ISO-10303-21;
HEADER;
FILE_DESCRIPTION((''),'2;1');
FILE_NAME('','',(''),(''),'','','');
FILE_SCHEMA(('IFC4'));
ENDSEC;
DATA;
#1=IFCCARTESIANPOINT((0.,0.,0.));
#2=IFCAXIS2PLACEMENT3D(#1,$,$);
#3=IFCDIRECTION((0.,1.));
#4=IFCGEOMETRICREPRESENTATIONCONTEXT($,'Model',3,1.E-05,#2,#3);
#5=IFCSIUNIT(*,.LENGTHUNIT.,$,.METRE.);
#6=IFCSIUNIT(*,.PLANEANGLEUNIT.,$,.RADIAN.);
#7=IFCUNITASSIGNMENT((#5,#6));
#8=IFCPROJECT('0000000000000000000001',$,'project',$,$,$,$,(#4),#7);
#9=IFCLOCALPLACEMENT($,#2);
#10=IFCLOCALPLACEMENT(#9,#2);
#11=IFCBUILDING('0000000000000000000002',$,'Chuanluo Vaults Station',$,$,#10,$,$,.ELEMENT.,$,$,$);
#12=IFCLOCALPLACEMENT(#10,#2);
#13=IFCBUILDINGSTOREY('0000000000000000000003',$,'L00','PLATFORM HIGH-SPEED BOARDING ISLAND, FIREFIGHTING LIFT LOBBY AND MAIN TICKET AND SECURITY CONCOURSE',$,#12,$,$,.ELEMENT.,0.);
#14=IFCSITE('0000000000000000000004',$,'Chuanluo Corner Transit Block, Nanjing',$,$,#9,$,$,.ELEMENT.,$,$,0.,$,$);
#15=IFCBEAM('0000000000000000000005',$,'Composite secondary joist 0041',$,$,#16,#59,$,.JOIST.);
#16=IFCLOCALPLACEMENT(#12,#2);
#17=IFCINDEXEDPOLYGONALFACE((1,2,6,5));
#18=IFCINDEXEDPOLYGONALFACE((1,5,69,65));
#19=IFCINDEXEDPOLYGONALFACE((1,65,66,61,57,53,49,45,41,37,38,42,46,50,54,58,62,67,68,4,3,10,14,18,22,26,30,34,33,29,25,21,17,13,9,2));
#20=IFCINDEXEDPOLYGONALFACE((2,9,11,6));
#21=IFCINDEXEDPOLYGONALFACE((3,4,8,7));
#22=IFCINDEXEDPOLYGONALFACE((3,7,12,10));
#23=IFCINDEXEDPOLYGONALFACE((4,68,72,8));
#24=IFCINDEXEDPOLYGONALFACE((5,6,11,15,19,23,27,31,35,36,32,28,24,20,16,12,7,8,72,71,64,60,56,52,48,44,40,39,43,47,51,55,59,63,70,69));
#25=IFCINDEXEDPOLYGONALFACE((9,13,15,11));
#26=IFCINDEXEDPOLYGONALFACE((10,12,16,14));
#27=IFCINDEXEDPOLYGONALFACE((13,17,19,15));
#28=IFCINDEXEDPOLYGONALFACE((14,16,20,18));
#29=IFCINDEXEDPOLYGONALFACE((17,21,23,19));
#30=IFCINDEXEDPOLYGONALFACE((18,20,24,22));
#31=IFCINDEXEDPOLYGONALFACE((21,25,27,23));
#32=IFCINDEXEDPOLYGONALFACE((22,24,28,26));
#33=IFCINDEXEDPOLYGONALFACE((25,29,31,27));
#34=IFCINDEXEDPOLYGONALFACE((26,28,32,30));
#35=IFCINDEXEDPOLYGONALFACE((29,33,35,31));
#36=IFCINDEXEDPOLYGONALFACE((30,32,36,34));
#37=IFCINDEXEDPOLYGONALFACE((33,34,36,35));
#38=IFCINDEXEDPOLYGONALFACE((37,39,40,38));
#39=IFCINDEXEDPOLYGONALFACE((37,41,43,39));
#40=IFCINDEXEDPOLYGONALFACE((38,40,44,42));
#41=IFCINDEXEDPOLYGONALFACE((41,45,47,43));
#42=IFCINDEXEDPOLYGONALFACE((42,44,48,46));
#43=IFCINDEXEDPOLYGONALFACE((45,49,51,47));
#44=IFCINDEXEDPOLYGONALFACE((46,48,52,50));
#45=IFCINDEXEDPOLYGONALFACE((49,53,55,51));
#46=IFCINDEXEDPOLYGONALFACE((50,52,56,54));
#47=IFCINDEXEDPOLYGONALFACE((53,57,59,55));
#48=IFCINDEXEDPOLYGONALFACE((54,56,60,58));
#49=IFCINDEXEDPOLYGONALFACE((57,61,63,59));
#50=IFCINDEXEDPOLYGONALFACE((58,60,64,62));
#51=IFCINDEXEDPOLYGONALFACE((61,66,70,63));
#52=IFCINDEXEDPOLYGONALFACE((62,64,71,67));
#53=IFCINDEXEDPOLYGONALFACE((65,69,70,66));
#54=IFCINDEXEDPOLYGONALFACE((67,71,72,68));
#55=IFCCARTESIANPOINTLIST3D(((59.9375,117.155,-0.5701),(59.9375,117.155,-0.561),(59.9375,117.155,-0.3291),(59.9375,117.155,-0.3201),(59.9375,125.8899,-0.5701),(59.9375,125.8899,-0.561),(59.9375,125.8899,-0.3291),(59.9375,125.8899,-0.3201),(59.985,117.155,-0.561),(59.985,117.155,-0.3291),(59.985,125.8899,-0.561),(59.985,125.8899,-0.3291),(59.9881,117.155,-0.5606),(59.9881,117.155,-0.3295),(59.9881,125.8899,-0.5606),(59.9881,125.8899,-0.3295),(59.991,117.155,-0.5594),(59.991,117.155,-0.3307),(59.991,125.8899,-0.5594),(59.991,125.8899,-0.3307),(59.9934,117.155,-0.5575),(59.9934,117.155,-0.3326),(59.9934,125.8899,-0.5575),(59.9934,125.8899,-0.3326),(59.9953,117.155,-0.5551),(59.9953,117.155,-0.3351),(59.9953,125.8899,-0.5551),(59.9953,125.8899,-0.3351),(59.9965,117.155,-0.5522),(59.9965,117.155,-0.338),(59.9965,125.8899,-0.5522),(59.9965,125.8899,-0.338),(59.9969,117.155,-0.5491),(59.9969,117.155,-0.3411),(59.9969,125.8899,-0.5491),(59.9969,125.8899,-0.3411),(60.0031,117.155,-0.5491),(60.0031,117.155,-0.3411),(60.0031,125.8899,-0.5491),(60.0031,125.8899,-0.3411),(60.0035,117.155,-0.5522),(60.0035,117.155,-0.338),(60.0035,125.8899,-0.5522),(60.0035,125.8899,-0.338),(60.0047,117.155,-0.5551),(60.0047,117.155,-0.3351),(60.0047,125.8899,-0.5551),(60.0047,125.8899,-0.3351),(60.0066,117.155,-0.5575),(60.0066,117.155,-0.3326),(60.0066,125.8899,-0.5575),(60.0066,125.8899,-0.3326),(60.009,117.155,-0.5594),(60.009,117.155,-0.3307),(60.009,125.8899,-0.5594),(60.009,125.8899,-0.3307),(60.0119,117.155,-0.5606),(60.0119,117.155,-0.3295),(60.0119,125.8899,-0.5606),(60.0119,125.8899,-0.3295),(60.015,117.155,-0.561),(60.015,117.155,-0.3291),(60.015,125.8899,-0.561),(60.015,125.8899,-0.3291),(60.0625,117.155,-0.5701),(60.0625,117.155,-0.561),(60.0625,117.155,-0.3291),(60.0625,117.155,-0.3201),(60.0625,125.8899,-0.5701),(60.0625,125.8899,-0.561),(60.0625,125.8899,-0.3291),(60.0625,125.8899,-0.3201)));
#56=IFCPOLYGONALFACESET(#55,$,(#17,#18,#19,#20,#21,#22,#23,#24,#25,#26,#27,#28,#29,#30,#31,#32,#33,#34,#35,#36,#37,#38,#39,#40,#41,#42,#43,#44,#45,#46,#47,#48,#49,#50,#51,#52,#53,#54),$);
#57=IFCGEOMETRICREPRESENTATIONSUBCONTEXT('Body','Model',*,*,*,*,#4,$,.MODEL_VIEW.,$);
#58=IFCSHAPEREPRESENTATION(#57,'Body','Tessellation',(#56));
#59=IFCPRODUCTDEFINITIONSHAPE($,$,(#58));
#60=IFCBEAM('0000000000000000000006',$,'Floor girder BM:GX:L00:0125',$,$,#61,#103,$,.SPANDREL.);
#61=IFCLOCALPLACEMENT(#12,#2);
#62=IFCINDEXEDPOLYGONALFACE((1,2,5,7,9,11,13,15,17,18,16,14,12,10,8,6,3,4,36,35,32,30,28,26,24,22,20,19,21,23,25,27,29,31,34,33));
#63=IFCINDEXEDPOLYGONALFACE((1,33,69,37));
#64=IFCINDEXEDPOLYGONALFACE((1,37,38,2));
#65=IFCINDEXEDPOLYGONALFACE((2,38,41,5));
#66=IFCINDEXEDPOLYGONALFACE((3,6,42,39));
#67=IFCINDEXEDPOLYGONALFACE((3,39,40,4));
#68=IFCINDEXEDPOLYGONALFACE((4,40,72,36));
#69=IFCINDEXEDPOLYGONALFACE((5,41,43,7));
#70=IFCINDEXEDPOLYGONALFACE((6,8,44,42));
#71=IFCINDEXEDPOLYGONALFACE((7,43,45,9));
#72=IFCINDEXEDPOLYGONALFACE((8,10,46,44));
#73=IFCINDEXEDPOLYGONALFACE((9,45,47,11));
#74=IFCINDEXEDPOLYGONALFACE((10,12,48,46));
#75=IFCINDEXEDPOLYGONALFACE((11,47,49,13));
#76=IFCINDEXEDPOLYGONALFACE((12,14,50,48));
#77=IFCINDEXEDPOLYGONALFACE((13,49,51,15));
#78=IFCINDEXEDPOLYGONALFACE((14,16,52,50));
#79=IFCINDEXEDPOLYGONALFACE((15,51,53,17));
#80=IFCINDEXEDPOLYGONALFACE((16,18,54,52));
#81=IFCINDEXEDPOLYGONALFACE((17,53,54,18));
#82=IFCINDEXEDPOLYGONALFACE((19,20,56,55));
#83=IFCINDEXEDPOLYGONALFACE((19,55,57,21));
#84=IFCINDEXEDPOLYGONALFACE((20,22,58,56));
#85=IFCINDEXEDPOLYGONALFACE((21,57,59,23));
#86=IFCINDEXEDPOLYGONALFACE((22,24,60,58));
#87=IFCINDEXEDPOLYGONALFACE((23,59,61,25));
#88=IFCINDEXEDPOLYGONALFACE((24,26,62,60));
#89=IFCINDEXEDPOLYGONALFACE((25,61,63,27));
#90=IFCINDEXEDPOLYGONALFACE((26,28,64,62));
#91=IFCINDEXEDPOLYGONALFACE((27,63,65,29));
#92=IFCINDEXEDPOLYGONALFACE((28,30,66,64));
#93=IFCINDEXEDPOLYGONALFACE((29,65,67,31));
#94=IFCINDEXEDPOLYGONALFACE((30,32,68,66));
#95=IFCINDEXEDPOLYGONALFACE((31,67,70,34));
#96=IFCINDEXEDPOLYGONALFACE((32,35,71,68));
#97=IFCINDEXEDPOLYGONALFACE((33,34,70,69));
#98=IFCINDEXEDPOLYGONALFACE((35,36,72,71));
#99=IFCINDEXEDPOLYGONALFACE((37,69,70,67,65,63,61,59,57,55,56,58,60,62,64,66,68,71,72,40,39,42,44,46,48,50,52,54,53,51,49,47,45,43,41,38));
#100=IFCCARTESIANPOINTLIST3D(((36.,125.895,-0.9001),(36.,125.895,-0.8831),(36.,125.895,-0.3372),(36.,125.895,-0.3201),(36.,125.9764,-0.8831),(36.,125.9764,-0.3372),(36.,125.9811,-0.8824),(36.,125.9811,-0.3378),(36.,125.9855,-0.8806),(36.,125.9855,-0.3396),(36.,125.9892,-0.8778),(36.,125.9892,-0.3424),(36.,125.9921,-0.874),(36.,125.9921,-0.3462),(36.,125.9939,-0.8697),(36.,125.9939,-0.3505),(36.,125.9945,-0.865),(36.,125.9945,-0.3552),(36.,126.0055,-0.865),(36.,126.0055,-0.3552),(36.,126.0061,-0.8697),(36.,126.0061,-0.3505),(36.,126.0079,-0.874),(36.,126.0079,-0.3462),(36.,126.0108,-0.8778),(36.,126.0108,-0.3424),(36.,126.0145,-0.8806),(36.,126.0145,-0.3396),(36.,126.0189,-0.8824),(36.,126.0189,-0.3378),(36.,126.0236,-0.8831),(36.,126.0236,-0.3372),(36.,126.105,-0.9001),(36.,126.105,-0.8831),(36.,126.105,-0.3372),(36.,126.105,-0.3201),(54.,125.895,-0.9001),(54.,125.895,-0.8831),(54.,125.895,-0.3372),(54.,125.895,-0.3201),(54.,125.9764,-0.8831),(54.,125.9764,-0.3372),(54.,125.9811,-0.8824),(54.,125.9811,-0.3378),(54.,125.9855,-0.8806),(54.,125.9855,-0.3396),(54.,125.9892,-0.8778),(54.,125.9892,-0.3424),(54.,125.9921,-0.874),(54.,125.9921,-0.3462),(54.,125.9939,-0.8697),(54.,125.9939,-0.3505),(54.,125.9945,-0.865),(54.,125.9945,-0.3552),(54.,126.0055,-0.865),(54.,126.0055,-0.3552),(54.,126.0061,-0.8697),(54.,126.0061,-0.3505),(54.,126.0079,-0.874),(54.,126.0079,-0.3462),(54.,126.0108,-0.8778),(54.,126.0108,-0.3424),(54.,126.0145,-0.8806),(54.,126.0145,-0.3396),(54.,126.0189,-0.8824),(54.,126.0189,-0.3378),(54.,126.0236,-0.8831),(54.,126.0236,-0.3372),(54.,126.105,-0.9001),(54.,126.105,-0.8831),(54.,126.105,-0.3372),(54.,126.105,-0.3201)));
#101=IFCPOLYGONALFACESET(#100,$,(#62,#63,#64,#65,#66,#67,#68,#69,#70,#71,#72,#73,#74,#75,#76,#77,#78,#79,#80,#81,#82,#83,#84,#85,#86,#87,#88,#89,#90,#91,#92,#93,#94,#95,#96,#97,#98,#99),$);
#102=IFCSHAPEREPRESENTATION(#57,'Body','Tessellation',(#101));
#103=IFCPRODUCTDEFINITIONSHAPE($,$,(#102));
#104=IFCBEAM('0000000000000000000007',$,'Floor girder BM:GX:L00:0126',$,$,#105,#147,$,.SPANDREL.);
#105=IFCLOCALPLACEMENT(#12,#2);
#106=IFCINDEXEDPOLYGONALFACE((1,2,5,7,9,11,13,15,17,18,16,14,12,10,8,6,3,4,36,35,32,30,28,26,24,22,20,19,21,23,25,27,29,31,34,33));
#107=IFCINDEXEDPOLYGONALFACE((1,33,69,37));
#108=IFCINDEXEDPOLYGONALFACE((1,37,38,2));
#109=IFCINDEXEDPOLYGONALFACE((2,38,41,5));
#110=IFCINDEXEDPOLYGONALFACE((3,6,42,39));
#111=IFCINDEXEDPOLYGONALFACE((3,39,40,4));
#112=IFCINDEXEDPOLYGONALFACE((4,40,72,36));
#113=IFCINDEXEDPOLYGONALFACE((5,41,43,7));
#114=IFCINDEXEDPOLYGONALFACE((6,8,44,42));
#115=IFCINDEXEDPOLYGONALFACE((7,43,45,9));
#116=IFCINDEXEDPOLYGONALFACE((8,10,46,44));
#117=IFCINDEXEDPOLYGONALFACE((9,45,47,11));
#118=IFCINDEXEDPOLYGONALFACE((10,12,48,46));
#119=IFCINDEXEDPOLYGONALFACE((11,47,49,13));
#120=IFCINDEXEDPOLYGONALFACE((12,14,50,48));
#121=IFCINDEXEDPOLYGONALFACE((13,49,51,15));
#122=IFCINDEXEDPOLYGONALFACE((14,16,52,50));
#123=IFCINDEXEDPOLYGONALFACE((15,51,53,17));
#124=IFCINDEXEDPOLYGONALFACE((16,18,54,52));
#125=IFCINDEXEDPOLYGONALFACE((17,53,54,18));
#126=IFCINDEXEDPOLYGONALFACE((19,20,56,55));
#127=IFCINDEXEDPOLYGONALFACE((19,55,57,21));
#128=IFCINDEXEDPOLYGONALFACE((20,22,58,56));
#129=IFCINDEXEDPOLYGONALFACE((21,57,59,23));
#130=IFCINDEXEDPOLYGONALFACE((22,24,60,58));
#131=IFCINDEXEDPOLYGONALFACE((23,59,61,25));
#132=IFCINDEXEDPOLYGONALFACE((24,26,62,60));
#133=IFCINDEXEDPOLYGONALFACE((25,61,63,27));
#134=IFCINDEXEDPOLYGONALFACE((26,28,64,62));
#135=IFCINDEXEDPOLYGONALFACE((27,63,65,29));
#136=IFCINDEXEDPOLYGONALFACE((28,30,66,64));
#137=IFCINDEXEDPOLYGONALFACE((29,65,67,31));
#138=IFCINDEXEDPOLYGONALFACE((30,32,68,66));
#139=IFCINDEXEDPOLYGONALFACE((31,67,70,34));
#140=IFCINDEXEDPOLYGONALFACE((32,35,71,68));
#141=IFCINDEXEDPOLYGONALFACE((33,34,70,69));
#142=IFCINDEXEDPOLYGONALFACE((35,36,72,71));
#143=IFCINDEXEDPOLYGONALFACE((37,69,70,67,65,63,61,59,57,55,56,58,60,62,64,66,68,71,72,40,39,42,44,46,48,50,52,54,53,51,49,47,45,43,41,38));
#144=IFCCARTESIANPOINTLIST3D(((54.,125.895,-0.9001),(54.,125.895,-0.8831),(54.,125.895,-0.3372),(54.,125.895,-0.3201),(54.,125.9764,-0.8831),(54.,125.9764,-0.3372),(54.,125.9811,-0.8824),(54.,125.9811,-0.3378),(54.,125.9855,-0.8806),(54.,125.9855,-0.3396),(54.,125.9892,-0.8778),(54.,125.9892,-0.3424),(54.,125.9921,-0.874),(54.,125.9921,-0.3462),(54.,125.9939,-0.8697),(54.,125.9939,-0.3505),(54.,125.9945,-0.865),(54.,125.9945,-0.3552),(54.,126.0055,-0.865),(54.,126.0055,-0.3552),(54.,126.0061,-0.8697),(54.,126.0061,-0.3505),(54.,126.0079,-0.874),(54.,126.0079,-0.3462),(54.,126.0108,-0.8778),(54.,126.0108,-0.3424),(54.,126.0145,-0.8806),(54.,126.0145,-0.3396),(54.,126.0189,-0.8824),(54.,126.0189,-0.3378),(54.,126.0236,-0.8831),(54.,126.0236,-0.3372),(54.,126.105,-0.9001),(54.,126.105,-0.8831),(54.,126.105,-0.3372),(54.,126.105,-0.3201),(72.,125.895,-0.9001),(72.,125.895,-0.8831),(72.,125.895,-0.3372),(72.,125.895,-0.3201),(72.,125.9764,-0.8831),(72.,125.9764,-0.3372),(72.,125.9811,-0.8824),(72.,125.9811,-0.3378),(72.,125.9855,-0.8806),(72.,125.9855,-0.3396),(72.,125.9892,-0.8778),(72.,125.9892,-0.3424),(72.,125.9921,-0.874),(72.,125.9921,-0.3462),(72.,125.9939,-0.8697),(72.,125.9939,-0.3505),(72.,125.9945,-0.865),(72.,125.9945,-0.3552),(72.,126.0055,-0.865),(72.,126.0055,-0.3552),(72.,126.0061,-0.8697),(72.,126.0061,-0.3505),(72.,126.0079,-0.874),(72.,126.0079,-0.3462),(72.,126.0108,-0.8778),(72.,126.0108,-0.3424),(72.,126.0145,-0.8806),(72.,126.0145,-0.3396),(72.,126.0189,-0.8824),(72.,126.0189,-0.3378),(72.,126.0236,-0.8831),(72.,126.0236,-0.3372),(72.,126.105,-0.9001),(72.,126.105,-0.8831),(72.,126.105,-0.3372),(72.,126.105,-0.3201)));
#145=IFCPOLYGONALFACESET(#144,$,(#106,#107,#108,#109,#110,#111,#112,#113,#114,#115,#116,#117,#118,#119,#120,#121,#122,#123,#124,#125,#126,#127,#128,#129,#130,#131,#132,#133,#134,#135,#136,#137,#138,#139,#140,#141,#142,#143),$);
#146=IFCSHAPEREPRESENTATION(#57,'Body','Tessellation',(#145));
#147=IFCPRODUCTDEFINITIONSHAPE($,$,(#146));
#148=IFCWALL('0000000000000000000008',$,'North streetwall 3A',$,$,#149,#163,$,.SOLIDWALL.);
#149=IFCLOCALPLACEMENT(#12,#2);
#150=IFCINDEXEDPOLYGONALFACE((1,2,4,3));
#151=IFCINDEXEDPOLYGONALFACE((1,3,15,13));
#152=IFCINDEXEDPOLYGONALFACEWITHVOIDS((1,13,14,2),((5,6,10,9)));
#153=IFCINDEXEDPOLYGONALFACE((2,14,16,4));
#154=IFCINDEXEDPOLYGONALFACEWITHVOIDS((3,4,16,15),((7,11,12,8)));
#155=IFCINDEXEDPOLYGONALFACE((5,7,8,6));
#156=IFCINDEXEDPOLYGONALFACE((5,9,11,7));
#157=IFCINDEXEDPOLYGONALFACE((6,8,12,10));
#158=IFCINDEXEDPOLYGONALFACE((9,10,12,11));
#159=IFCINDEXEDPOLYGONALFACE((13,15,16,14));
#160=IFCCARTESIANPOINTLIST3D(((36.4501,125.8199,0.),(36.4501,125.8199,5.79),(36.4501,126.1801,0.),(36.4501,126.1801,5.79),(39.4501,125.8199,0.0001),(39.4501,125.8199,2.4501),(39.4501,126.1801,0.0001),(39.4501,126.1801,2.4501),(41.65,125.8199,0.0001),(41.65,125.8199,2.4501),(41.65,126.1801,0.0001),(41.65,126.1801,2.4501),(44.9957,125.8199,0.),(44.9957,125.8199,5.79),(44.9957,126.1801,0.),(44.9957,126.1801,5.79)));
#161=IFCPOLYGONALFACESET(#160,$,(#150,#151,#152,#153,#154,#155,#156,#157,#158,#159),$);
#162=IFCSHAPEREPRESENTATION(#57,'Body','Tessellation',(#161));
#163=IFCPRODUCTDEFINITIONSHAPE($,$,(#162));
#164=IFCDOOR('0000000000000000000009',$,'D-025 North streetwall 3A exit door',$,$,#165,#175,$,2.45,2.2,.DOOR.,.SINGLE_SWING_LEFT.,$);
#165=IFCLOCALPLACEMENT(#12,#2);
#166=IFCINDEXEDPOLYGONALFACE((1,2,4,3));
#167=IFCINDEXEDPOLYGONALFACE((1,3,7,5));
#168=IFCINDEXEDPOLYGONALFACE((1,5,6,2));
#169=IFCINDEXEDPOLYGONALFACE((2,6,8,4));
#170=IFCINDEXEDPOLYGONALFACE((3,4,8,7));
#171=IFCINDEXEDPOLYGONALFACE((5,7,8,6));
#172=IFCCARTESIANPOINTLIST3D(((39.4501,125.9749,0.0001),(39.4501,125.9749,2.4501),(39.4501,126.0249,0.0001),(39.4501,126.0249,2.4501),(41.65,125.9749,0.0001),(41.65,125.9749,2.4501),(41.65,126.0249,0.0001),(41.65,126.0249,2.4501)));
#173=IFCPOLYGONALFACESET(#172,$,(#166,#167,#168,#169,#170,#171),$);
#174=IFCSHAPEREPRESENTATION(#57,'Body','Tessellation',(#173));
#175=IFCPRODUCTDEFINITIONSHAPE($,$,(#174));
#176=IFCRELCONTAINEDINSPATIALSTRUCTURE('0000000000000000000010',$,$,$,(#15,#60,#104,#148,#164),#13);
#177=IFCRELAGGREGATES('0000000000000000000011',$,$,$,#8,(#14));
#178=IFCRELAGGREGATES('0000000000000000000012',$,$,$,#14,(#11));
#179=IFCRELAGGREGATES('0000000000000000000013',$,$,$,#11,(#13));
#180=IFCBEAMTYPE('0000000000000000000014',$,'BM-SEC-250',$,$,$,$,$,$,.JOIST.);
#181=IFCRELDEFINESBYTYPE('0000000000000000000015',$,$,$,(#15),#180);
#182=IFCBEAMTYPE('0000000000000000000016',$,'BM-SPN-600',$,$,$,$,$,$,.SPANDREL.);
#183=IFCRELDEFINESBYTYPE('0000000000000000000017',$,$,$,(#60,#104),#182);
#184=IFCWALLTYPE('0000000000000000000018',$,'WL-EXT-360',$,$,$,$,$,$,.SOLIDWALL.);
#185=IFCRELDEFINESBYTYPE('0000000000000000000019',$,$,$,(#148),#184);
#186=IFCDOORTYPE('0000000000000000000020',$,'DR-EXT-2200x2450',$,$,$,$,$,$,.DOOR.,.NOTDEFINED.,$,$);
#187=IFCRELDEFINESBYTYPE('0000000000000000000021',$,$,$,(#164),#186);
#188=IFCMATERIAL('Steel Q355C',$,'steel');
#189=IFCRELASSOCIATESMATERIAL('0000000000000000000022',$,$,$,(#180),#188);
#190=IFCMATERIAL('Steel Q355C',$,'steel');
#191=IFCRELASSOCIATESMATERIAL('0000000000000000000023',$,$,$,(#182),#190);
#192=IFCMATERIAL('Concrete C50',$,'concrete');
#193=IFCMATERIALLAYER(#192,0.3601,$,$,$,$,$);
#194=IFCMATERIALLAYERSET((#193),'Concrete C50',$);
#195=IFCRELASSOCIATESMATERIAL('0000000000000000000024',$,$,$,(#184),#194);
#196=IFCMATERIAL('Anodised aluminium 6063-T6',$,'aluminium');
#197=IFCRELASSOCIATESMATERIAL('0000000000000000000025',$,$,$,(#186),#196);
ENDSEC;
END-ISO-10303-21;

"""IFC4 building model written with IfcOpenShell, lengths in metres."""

from ifc_helpers import new_model, si_unit, direction, frame, frame_2d, origin, origin_2d, place, context, subcontext, project, spatial, rectangle, i_section, extrude, material, layer, layer_set, material_profile, profile_set, type_object, element, fill, save


model = new_model("IFC4")

# Units and contexts
model_context = context("Model", 3, precision=1e-05, world=origin(), true_north=direction((0.0, 1.0)))
body_context = subcontext(model_context, "Body", "Model", "MODEL_VIEW")
ifc_project = project(units=[si_unit("LENGTHUNIT", "METRE"), si_unit("PLANEANGLEUNIT", "RADIAN")], contexts=[model_context])

# Site, building, storey
site_placement = place(None, origin())
site = spatial("IfcSite", under=ifc_project, at=site_placement, Name="Chuanluo Corner Transit Block, Nanjing", CompositionType="ELEMENT", RefElevation=0.0)
building_placement = place(site_placement, origin())
building = spatial("IfcBuilding", under=site, at=building_placement, Name="Chuanluo Vaults Station", CompositionType="ELEMENT")
storey_placement = place(building_placement, origin())
storey = spatial("IfcBuildingStorey", under=building, at=storey_placement, Name="L00", Description="PLATFORM HIGH-SPEED BOARDING ISLAND, FIREFIGHTING LIFT LOBBY AND MAIN TICKET AND SECURITY CONCOURSE", CompositionType="ELEMENT", Elevation=0.0)

# Beams
ifc_material_1 = material(Name="Steel Q355C", Category="steel")
ifc_material_profile_1 = material_profile(ifc_material_1, i_section(OverallWidth=0.125, OverallDepth=0.25, WebThickness=0.0061, FlangeThickness=0.009, FilletRadius=0.012, at=origin_2d()))
ifc_profile_set_1 = profile_set([ifc_material_profile_1], Name="Steel Q355C")
beam_type_1 = type_object("IfcBeamType", Name="BM-SEC-250", PredefinedType="JOIST", material=ifc_profile_set_1)
for number, where, z_axis, x_axis, name in (
    (1, (60.0, 117.155, -0.4451), (0.0, 1.0, 0.0), (-1.0, 0.0, 0.0), "Composite secondary joist 0041"),
):
    element("IfcBeam", number, at=place(storey_placement, frame(where, z_axis=z_axis, x_axis=x_axis)), inside=storey, type_object=beam_type_1, Name=name, PredefinedType="JOIST", context=body_context, shape_type="SweptSolid", body=[
        extrude(i_section(OverallWidth=0.125, OverallDepth=0.25, WebThickness=0.0061, FlangeThickness=0.009, FilletRadius=0.012, at=origin_2d()), origin(), (0.0, 0.0, 1.0), 8.7349),
    ])
ifc_material_2 = material(Name="Steel Q355C", Category="steel")
ifc_material_profile_2 = material_profile(ifc_material_2, i_section(OverallWidth=0.21, OverallDepth=0.5801, WebThickness=0.011, FlangeThickness=0.0171, FilletRadius=0.0181, at=origin_2d()))
ifc_profile_set_2 = profile_set([ifc_material_profile_2], Name="Steel Q355C")
beam_type_2 = type_object("IfcBeamType", Name="BM-SPN-600", PredefinedType="SPANDREL", material=ifc_profile_set_2)
for number, where, z_axis, x_axis, name in (
    (2, (36.0, 126.0, -0.6101), (1.0, 0.0, 0.0), (0.0, 1.0, 0.0), "Floor girder BM:GX:L00:0125"),
    (3, (54.0, 126.0, -0.6101), (1.0, 0.0, 0.0), (0.0, 1.0, 0.0), "Floor girder BM:GX:L00:0126"),
):
    element("IfcBeam", number, at=place(storey_placement, frame(where, z_axis=z_axis, x_axis=x_axis)), inside=storey, type_object=beam_type_2, Name=name, PredefinedType="SPANDREL", context=body_context, shape_type="SweptSolid", body=[
        extrude(i_section(OverallWidth=0.21, OverallDepth=0.5801, WebThickness=0.011, FlangeThickness=0.0171, FilletRadius=0.0181, at=origin_2d()), origin(), (0.0, 0.0, 1.0), 18.0),
    ])

# Wall, opening, door
ifc_material_3 = material(Name="Concrete C50", Category="concrete")
ifc_layer_1 = layer(ifc_material_3, 0.3601)
ifc_layer_set_1 = layer_set([ifc_layer_1], Name="Concrete C50")
wall_type_1 = type_object("IfcWallType", Name="WL-EXT-360", PredefinedType="SOLIDWALL", material=ifc_layer_set_1)
wall_1_placement = place(storey_placement, frame((36.45, 126.0, 0.0), z_axis=(0.0, 0.0, 1.0), x_axis=(1.0, 0.0, 0.0)))
wall_1 = element("IfcWall", 4, at=wall_1_placement, inside=storey, type_object=wall_type_1, Name="North streetwall 3A", PredefinedType="SOLIDWALL", context=body_context, shape_type="SweptSolid", body=[
    extrude(rectangle(XDim=8.5457, YDim=0.3601, at=frame_2d((4.2729, 0.0))), origin(), (0.0, 0.0, 1.0), 5.79),
])
opening_1_placement = place(wall_1_placement, frame((3.0, 0.0, 0.0)))
opening_1 = element("IfcOpeningElement", 5, at=opening_1_placement, cuts=wall_1, PredefinedType="OPENING", context=body_context, shape_type="SweptSolid", body=[
    extrude(rectangle(XDim=2.2, YDim=2.45, at=frame_2d((1.1001, 1.2251))), frame((0.0, 0.1902, 0.0), z_axis=(0.0, -1.0, 0.0), x_axis=(1.0, 0.0, 0.0)), (0.0, 0.0, 1.0), 0.3801),
])
ifc_material_4 = material(Name="Anodised aluminium 6063-T6", Category="aluminium")
door_type_1 = type_object("IfcDoorType", Name="DR-EXT-2200x2450", OperationType="NOTDEFINED", PredefinedType="DOOR", material=ifc_material_4)
door_1_placement = place(opening_1_placement, origin())
door_1 = element("IfcDoor", 6, at=door_1_placement, inside=storey, type_object=door_type_1, Name="D-025 North streetwall 3A exit door", OperationType="SINGLE_SWING_LEFT", OverallHeight=2.45, OverallWidth=2.2, PredefinedType="DOOR", context=body_context, shape_type="SweptSolid", body=[
    extrude(rectangle(XDim=2.2, YDim=2.45, at=frame_2d((1.1001, 1.2251))), frame((0.0, 0.0249, 0.0), z_axis=(0.0, -1.0, 0.0), x_axis=(1.0, 0.0, 0.0)), (0.0, 0.0, 1.0), 0.05),
])
fill(opening_1, door_1)

save(model, "model.ifc")
